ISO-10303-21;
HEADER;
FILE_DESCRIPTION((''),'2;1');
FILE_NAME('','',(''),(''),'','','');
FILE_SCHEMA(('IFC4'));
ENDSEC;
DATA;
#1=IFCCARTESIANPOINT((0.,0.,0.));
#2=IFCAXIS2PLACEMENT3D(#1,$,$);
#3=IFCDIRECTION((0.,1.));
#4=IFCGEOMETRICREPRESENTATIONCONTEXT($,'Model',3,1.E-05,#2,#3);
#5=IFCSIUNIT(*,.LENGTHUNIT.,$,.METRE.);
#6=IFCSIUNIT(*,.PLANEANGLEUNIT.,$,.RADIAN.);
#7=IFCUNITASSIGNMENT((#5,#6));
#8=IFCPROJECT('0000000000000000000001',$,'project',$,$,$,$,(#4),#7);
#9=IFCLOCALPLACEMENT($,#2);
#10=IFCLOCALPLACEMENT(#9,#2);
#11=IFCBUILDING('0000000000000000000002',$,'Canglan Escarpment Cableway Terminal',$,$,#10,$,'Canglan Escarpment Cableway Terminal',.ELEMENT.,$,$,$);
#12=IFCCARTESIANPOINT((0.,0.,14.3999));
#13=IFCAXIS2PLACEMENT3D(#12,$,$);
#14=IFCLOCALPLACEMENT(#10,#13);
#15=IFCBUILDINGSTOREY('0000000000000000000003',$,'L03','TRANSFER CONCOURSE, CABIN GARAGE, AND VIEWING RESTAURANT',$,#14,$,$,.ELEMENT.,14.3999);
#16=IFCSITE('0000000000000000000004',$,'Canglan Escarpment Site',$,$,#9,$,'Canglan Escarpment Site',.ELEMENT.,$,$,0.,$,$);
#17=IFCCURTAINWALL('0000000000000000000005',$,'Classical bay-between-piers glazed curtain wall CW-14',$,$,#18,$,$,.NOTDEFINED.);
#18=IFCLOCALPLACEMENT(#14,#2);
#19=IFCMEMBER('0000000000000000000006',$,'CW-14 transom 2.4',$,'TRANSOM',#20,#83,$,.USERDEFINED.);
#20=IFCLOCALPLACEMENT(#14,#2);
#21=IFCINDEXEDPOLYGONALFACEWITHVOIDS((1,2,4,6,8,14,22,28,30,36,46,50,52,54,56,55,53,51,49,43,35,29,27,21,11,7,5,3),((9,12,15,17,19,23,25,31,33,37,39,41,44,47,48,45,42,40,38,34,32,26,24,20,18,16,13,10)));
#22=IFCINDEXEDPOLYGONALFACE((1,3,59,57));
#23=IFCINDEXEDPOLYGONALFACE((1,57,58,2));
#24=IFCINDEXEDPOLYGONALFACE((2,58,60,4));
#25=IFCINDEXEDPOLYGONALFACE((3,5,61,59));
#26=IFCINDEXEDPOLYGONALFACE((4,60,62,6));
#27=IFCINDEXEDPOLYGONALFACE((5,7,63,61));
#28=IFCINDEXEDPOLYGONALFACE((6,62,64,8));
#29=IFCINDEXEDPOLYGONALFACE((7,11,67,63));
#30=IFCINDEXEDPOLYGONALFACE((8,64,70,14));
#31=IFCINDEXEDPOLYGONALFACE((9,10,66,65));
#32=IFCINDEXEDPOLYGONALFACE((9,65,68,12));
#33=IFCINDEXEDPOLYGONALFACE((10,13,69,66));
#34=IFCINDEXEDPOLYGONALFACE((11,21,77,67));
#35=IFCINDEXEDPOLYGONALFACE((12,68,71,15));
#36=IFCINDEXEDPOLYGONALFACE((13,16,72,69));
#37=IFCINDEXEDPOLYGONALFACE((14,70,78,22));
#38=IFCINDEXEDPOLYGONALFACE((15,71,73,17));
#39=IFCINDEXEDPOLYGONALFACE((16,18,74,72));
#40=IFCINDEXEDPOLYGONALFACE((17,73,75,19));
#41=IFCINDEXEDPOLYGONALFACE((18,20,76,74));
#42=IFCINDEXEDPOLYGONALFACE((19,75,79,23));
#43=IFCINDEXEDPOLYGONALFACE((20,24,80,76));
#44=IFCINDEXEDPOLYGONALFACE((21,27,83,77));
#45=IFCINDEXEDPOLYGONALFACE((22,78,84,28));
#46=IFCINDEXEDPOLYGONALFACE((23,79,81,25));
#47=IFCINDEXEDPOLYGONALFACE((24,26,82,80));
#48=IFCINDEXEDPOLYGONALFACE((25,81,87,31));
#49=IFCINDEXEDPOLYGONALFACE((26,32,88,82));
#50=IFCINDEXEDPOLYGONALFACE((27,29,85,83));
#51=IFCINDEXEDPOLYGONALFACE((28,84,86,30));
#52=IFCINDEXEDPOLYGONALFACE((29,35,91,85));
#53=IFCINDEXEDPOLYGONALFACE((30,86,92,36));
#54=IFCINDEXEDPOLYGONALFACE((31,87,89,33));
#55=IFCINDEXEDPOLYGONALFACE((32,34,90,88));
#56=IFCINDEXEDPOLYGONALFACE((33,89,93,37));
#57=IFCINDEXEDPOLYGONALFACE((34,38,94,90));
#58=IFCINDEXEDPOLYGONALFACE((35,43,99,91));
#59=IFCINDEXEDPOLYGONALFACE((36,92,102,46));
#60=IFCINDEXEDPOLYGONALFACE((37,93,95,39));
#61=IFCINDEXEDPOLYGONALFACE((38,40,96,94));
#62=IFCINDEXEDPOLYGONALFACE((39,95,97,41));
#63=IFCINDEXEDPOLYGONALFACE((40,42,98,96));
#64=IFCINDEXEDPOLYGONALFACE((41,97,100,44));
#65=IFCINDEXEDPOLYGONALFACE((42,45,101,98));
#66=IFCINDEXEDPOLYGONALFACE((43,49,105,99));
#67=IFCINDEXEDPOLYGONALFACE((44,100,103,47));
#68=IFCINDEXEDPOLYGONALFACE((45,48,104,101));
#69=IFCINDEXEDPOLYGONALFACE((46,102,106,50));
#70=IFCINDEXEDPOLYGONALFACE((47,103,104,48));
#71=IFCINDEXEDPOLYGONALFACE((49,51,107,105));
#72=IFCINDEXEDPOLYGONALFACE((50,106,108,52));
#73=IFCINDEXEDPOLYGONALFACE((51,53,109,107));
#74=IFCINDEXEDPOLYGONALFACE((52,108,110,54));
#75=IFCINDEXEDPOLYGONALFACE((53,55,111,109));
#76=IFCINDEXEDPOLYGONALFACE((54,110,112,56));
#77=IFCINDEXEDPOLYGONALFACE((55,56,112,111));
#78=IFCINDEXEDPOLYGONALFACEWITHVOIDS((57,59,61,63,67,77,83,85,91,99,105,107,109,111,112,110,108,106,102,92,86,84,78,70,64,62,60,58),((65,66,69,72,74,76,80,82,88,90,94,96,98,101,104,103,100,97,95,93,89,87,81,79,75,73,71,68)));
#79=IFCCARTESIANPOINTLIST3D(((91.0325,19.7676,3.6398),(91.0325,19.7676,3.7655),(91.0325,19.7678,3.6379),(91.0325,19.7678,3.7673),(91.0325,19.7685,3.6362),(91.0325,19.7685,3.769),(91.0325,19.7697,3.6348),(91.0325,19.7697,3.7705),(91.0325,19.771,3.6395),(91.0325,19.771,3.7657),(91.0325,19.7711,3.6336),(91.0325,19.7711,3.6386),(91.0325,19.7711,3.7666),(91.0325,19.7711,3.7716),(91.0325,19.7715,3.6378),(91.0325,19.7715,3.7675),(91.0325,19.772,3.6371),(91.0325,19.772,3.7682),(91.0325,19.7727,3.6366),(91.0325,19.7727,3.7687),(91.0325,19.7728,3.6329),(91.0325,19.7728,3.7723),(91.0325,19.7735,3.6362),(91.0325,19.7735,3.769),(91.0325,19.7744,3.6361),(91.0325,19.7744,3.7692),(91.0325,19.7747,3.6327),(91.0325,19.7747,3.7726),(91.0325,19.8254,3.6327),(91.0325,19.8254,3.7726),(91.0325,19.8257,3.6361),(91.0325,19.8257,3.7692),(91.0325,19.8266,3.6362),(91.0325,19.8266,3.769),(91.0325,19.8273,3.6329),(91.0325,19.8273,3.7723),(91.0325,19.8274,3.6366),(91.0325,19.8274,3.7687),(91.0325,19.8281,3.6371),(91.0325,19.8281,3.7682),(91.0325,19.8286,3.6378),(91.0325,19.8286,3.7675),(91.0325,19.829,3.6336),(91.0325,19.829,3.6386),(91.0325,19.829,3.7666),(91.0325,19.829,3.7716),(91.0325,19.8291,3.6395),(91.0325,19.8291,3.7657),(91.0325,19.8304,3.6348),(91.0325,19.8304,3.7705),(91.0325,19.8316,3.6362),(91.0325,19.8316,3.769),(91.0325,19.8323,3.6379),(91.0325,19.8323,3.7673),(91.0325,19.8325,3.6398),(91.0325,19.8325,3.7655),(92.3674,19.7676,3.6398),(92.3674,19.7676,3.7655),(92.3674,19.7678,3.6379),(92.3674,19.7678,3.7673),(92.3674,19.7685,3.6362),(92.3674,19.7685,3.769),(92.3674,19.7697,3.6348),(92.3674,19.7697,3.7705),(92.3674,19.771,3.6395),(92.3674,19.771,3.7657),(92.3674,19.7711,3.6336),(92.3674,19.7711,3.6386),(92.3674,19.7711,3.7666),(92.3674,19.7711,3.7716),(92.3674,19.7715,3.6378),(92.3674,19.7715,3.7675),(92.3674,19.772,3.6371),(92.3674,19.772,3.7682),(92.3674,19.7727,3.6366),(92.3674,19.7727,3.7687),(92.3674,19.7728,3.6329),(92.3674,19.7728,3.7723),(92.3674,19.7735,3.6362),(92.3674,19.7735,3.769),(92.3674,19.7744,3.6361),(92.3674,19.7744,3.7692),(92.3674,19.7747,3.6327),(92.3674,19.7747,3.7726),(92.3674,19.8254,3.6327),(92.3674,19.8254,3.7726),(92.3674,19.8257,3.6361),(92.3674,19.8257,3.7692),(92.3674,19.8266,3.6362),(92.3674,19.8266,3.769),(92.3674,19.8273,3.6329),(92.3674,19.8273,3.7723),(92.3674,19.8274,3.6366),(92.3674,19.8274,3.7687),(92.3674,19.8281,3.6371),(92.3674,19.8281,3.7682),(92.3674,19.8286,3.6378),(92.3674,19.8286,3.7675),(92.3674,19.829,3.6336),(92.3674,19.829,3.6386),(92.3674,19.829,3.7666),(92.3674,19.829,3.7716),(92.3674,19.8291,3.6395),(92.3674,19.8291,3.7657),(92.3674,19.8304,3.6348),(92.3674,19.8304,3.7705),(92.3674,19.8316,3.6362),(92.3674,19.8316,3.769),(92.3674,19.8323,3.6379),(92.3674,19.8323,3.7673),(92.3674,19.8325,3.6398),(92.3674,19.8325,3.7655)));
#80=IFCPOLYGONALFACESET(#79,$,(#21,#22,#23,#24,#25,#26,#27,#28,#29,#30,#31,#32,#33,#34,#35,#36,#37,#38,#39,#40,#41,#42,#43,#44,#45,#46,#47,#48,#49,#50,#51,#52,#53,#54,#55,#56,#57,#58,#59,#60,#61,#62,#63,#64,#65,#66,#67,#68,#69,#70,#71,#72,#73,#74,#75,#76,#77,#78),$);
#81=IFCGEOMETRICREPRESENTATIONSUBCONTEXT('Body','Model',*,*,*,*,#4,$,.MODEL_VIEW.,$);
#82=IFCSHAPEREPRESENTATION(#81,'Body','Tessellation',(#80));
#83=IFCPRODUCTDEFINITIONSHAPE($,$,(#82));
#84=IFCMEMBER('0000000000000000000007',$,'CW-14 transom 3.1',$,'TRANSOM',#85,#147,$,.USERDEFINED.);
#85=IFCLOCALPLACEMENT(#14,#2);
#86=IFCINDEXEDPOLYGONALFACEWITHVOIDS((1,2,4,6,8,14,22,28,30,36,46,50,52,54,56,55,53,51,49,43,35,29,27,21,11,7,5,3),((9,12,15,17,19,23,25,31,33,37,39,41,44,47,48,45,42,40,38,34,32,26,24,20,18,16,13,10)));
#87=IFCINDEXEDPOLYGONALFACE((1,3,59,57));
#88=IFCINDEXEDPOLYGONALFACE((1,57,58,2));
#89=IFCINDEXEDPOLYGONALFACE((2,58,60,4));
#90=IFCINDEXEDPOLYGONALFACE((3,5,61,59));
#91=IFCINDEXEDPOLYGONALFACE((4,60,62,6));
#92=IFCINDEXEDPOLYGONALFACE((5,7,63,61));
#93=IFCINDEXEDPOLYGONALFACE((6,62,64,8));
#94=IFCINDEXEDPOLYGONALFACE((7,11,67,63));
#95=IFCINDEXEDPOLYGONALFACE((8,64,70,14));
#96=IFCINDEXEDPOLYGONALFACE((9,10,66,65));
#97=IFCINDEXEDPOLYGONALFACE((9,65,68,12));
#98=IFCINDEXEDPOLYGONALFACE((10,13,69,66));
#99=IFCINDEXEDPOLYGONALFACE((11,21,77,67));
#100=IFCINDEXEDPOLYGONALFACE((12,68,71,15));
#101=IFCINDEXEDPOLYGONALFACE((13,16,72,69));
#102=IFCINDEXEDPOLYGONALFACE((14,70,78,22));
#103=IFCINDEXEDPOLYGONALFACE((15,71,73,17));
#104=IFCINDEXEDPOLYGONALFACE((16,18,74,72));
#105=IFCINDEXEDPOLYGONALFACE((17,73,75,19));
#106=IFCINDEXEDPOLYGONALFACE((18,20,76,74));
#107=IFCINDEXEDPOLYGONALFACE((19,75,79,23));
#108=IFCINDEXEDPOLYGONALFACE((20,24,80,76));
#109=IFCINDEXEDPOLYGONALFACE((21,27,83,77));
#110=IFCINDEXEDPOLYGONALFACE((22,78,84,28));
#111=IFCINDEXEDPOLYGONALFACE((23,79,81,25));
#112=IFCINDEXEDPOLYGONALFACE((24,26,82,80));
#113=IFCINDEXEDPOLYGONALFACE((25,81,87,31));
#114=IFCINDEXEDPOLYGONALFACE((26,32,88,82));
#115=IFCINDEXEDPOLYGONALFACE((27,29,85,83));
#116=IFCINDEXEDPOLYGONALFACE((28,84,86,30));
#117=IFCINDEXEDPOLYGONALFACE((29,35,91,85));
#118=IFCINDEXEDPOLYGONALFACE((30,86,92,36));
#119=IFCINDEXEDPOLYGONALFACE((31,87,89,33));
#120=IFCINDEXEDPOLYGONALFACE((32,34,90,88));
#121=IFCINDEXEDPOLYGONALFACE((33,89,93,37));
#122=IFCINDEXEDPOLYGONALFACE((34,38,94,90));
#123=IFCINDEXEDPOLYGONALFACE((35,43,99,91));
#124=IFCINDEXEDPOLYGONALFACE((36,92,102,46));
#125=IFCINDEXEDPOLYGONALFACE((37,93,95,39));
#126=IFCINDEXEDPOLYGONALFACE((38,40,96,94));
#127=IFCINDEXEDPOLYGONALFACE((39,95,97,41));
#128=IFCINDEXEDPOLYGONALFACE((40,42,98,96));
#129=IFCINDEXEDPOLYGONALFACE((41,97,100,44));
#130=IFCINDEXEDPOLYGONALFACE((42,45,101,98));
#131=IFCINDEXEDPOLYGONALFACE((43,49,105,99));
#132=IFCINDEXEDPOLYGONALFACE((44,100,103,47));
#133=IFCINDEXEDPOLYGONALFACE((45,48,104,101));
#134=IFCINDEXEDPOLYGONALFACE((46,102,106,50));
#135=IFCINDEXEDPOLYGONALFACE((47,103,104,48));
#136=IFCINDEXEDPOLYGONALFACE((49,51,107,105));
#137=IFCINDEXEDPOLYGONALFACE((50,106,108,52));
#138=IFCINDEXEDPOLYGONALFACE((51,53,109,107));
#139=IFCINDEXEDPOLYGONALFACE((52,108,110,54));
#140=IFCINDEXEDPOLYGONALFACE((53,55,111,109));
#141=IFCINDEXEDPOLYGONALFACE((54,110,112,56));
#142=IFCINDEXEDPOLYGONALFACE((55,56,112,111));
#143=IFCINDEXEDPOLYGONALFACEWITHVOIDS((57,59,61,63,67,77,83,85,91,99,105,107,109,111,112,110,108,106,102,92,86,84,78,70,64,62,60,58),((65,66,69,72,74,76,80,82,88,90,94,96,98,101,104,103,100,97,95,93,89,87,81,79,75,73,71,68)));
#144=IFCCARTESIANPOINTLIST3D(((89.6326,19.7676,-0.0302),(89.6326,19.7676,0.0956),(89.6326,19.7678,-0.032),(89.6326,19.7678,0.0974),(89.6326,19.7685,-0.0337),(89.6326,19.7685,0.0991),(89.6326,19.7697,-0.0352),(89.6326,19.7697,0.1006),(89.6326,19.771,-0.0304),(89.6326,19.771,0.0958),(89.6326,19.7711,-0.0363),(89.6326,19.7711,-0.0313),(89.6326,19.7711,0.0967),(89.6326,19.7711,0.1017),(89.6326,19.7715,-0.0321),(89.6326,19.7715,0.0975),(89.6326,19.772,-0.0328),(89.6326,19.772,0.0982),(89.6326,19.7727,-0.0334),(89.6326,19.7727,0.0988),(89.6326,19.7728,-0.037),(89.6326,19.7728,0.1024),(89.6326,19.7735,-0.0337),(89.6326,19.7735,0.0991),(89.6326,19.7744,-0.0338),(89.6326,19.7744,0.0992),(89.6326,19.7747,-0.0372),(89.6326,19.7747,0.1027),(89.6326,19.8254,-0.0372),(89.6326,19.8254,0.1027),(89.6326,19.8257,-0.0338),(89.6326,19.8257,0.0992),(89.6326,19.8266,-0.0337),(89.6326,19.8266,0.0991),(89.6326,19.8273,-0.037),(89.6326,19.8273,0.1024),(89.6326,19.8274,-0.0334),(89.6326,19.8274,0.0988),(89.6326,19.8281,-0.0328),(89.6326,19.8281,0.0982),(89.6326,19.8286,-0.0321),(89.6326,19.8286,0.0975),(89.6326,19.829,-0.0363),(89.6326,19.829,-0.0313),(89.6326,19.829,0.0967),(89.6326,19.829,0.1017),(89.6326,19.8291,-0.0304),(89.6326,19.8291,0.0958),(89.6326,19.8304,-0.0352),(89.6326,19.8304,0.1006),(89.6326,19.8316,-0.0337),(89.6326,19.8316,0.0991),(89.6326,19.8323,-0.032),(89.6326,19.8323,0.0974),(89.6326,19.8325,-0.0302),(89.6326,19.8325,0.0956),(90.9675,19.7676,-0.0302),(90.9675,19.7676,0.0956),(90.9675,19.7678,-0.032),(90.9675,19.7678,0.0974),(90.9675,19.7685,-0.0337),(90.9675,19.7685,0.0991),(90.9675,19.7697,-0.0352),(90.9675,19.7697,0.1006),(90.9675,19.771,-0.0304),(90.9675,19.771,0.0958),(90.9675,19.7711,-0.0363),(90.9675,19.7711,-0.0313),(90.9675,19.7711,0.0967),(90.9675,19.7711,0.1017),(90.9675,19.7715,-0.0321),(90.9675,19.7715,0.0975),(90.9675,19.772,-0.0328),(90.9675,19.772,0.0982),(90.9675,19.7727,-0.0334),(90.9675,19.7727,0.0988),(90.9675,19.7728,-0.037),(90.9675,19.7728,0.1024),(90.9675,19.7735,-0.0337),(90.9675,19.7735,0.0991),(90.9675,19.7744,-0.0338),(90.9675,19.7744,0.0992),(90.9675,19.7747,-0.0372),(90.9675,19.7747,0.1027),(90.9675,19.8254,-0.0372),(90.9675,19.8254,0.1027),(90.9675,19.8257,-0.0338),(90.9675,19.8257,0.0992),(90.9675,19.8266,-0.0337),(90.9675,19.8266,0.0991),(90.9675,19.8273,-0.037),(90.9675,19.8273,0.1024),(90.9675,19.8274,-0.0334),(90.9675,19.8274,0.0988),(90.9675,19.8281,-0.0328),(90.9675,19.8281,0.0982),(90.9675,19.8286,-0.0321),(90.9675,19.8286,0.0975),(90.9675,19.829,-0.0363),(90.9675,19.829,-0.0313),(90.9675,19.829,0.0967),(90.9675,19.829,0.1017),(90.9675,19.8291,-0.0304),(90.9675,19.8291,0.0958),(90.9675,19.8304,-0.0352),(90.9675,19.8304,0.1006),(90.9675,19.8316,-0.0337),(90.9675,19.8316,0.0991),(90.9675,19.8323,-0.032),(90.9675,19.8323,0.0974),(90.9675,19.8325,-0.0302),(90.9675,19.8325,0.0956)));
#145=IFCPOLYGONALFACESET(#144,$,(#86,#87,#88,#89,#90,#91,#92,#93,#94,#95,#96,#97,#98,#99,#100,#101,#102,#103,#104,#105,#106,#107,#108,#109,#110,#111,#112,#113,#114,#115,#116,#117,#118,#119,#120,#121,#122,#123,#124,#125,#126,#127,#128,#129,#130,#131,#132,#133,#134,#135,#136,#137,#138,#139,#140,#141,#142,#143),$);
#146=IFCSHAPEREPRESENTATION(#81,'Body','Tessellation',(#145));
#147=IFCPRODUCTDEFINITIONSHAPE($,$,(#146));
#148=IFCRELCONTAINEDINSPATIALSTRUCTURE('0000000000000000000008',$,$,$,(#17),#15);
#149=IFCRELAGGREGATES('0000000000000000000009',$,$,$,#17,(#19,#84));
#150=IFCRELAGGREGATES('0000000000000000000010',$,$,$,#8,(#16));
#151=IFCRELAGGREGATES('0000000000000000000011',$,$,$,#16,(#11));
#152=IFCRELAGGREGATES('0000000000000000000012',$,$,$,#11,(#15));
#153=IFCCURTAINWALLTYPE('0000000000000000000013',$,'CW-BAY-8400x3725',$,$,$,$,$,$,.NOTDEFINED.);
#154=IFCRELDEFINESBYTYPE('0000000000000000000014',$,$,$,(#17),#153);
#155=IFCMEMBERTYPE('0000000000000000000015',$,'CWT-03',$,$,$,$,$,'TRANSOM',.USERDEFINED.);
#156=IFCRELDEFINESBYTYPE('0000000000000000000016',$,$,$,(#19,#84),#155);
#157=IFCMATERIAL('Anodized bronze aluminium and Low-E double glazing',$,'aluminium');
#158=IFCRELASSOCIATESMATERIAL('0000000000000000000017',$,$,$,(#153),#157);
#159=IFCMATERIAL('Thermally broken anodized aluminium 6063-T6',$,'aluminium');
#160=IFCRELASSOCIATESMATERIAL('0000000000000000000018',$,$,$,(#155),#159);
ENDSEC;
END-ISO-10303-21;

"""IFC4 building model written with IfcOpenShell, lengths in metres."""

from ifc_helpers import new_model, si_unit, direction, frame, origin, origin_2d, place, context, subcontext, project, spatial, hollow_rectangle, extrude, material, material_profile, profile_set, type_object, element, aggregate, save


model = new_model("IFC4")

# Units and contexts
model_context = context("Model", 3, precision=1e-05, world=origin(), true_north=direction((0.0, 1.0)))
body_context = subcontext(model_context, "Body", "Model", "MODEL_VIEW")
ifc_project = project(units=[si_unit("LENGTHUNIT", "METRE"), si_unit("PLANEANGLEUNIT", "RADIAN")], contexts=[model_context])

# Site, building, storey
site_placement = place(None, origin())
site = spatial("IfcSite", under=ifc_project, at=site_placement, Name="Canglan Escarpment Site", LongName="Canglan Escarpment Site", CompositionType="ELEMENT", RefElevation=0.0)
building_placement = place(site_placement, origin())
building = spatial("IfcBuilding", under=site, at=building_placement, Name="Canglan Escarpment Cableway Terminal", LongName="Canglan Escarpment Cableway Terminal", CompositionType="ELEMENT")
storey_placement = place(building_placement, frame((0.0, 0.0, 14.3999)))
storey = spatial("IfcBuildingStorey", under=building, at=storey_placement, Name="L03", Description="TRANSFER CONCOURSE, CABIN GARAGE, AND VIEWING RESTAURANT", CompositionType="ELEMENT", Elevation=14.3999)

# Curtain wall, members
ifc_material_1 = material(Name="Anodized bronze aluminium and Low-E double glazing", Category="aluminium")
curtain_wall_type_1 = type_object("IfcCurtainWallType", Name="CW-BAY-8400x3725", PredefinedType="NOTDEFINED", material=ifc_material_1)
curtain_wall_1_placement = place(storey_placement, origin())
curtain_wall_1 = element("IfcCurtainWall", 1, at=curtain_wall_1_placement, inside=storey, type_object=curtain_wall_type_1, Name="Classical bay-between-piers glazed curtain wall CW-14", PredefinedType="NOTDEFINED")
ifc_material_2 = material(Name="Thermally broken anodized aluminium 6063-T6", Category="aluminium")
ifc_material_profile_1 = material_profile(ifc_material_2, hollow_rectangle(XDim=0.0649, YDim=0.1399, WallThickness=0.0034, InnerFilletRadius=0.0034, OuterFilletRadius=0.0071, at=origin_2d()), Name="ALU-TRAN 65x140x3.5")
ifc_profile_set_1 = profile_set([ifc_material_profile_1], Name="Thermally broken anodized aluminium 6063-T6")
member_type_1 = type_object("IfcMemberType", Name="CWT-03", ElementType="TRANSOM", PredefinedType="USERDEFINED", material=ifc_profile_set_1)
member_1_placement = place(storey_placement, frame((92.3674, 19.8, 3.7026), z_axis=(-1.0, 0.0, 0.0), x_axis=(0.0, -1.0, 0.0)))
member_1 = element("IfcMember", 2, at=member_1_placement, type_object=member_type_1, Name="CW-14 transom 2.4", ObjectType="TRANSOM", PredefinedType="USERDEFINED", context=body_context, shape_type="SweptSolid", body=[
    extrude(hollow_rectangle(XDim=0.0649, YDim=0.1399, WallThickness=0.0034, InnerFilletRadius=0.0034, OuterFilletRadius=0.0071, at=origin_2d()), origin(), (0.0, 0.0, 1.0), 1.335),
])
member_2_placement = place(storey_placement, frame((90.9675, 19.8, 0.0327), z_axis=(-1.0, 0.0, 0.0), x_axis=(0.0, -1.0, 0.0)))
member_2 = element("IfcMember", 3, at=member_2_placement, type_object=member_type_1, Name="CW-14 transom 3.1", ObjectType="TRANSOM", PredefinedType="USERDEFINED", context=body_context, shape_type="SweptSolid", body=[
    extrude(hollow_rectangle(XDim=0.0649, YDim=0.1399, WallThickness=0.0034, InnerFilletRadius=0.0034, OuterFilletRadius=0.0071, at=origin_2d()), origin(), (0.0, 0.0, 1.0), 1.335),
])

aggregate(curtain_wall_1, [member_1, member_2])

save(model, "model.ifc")
